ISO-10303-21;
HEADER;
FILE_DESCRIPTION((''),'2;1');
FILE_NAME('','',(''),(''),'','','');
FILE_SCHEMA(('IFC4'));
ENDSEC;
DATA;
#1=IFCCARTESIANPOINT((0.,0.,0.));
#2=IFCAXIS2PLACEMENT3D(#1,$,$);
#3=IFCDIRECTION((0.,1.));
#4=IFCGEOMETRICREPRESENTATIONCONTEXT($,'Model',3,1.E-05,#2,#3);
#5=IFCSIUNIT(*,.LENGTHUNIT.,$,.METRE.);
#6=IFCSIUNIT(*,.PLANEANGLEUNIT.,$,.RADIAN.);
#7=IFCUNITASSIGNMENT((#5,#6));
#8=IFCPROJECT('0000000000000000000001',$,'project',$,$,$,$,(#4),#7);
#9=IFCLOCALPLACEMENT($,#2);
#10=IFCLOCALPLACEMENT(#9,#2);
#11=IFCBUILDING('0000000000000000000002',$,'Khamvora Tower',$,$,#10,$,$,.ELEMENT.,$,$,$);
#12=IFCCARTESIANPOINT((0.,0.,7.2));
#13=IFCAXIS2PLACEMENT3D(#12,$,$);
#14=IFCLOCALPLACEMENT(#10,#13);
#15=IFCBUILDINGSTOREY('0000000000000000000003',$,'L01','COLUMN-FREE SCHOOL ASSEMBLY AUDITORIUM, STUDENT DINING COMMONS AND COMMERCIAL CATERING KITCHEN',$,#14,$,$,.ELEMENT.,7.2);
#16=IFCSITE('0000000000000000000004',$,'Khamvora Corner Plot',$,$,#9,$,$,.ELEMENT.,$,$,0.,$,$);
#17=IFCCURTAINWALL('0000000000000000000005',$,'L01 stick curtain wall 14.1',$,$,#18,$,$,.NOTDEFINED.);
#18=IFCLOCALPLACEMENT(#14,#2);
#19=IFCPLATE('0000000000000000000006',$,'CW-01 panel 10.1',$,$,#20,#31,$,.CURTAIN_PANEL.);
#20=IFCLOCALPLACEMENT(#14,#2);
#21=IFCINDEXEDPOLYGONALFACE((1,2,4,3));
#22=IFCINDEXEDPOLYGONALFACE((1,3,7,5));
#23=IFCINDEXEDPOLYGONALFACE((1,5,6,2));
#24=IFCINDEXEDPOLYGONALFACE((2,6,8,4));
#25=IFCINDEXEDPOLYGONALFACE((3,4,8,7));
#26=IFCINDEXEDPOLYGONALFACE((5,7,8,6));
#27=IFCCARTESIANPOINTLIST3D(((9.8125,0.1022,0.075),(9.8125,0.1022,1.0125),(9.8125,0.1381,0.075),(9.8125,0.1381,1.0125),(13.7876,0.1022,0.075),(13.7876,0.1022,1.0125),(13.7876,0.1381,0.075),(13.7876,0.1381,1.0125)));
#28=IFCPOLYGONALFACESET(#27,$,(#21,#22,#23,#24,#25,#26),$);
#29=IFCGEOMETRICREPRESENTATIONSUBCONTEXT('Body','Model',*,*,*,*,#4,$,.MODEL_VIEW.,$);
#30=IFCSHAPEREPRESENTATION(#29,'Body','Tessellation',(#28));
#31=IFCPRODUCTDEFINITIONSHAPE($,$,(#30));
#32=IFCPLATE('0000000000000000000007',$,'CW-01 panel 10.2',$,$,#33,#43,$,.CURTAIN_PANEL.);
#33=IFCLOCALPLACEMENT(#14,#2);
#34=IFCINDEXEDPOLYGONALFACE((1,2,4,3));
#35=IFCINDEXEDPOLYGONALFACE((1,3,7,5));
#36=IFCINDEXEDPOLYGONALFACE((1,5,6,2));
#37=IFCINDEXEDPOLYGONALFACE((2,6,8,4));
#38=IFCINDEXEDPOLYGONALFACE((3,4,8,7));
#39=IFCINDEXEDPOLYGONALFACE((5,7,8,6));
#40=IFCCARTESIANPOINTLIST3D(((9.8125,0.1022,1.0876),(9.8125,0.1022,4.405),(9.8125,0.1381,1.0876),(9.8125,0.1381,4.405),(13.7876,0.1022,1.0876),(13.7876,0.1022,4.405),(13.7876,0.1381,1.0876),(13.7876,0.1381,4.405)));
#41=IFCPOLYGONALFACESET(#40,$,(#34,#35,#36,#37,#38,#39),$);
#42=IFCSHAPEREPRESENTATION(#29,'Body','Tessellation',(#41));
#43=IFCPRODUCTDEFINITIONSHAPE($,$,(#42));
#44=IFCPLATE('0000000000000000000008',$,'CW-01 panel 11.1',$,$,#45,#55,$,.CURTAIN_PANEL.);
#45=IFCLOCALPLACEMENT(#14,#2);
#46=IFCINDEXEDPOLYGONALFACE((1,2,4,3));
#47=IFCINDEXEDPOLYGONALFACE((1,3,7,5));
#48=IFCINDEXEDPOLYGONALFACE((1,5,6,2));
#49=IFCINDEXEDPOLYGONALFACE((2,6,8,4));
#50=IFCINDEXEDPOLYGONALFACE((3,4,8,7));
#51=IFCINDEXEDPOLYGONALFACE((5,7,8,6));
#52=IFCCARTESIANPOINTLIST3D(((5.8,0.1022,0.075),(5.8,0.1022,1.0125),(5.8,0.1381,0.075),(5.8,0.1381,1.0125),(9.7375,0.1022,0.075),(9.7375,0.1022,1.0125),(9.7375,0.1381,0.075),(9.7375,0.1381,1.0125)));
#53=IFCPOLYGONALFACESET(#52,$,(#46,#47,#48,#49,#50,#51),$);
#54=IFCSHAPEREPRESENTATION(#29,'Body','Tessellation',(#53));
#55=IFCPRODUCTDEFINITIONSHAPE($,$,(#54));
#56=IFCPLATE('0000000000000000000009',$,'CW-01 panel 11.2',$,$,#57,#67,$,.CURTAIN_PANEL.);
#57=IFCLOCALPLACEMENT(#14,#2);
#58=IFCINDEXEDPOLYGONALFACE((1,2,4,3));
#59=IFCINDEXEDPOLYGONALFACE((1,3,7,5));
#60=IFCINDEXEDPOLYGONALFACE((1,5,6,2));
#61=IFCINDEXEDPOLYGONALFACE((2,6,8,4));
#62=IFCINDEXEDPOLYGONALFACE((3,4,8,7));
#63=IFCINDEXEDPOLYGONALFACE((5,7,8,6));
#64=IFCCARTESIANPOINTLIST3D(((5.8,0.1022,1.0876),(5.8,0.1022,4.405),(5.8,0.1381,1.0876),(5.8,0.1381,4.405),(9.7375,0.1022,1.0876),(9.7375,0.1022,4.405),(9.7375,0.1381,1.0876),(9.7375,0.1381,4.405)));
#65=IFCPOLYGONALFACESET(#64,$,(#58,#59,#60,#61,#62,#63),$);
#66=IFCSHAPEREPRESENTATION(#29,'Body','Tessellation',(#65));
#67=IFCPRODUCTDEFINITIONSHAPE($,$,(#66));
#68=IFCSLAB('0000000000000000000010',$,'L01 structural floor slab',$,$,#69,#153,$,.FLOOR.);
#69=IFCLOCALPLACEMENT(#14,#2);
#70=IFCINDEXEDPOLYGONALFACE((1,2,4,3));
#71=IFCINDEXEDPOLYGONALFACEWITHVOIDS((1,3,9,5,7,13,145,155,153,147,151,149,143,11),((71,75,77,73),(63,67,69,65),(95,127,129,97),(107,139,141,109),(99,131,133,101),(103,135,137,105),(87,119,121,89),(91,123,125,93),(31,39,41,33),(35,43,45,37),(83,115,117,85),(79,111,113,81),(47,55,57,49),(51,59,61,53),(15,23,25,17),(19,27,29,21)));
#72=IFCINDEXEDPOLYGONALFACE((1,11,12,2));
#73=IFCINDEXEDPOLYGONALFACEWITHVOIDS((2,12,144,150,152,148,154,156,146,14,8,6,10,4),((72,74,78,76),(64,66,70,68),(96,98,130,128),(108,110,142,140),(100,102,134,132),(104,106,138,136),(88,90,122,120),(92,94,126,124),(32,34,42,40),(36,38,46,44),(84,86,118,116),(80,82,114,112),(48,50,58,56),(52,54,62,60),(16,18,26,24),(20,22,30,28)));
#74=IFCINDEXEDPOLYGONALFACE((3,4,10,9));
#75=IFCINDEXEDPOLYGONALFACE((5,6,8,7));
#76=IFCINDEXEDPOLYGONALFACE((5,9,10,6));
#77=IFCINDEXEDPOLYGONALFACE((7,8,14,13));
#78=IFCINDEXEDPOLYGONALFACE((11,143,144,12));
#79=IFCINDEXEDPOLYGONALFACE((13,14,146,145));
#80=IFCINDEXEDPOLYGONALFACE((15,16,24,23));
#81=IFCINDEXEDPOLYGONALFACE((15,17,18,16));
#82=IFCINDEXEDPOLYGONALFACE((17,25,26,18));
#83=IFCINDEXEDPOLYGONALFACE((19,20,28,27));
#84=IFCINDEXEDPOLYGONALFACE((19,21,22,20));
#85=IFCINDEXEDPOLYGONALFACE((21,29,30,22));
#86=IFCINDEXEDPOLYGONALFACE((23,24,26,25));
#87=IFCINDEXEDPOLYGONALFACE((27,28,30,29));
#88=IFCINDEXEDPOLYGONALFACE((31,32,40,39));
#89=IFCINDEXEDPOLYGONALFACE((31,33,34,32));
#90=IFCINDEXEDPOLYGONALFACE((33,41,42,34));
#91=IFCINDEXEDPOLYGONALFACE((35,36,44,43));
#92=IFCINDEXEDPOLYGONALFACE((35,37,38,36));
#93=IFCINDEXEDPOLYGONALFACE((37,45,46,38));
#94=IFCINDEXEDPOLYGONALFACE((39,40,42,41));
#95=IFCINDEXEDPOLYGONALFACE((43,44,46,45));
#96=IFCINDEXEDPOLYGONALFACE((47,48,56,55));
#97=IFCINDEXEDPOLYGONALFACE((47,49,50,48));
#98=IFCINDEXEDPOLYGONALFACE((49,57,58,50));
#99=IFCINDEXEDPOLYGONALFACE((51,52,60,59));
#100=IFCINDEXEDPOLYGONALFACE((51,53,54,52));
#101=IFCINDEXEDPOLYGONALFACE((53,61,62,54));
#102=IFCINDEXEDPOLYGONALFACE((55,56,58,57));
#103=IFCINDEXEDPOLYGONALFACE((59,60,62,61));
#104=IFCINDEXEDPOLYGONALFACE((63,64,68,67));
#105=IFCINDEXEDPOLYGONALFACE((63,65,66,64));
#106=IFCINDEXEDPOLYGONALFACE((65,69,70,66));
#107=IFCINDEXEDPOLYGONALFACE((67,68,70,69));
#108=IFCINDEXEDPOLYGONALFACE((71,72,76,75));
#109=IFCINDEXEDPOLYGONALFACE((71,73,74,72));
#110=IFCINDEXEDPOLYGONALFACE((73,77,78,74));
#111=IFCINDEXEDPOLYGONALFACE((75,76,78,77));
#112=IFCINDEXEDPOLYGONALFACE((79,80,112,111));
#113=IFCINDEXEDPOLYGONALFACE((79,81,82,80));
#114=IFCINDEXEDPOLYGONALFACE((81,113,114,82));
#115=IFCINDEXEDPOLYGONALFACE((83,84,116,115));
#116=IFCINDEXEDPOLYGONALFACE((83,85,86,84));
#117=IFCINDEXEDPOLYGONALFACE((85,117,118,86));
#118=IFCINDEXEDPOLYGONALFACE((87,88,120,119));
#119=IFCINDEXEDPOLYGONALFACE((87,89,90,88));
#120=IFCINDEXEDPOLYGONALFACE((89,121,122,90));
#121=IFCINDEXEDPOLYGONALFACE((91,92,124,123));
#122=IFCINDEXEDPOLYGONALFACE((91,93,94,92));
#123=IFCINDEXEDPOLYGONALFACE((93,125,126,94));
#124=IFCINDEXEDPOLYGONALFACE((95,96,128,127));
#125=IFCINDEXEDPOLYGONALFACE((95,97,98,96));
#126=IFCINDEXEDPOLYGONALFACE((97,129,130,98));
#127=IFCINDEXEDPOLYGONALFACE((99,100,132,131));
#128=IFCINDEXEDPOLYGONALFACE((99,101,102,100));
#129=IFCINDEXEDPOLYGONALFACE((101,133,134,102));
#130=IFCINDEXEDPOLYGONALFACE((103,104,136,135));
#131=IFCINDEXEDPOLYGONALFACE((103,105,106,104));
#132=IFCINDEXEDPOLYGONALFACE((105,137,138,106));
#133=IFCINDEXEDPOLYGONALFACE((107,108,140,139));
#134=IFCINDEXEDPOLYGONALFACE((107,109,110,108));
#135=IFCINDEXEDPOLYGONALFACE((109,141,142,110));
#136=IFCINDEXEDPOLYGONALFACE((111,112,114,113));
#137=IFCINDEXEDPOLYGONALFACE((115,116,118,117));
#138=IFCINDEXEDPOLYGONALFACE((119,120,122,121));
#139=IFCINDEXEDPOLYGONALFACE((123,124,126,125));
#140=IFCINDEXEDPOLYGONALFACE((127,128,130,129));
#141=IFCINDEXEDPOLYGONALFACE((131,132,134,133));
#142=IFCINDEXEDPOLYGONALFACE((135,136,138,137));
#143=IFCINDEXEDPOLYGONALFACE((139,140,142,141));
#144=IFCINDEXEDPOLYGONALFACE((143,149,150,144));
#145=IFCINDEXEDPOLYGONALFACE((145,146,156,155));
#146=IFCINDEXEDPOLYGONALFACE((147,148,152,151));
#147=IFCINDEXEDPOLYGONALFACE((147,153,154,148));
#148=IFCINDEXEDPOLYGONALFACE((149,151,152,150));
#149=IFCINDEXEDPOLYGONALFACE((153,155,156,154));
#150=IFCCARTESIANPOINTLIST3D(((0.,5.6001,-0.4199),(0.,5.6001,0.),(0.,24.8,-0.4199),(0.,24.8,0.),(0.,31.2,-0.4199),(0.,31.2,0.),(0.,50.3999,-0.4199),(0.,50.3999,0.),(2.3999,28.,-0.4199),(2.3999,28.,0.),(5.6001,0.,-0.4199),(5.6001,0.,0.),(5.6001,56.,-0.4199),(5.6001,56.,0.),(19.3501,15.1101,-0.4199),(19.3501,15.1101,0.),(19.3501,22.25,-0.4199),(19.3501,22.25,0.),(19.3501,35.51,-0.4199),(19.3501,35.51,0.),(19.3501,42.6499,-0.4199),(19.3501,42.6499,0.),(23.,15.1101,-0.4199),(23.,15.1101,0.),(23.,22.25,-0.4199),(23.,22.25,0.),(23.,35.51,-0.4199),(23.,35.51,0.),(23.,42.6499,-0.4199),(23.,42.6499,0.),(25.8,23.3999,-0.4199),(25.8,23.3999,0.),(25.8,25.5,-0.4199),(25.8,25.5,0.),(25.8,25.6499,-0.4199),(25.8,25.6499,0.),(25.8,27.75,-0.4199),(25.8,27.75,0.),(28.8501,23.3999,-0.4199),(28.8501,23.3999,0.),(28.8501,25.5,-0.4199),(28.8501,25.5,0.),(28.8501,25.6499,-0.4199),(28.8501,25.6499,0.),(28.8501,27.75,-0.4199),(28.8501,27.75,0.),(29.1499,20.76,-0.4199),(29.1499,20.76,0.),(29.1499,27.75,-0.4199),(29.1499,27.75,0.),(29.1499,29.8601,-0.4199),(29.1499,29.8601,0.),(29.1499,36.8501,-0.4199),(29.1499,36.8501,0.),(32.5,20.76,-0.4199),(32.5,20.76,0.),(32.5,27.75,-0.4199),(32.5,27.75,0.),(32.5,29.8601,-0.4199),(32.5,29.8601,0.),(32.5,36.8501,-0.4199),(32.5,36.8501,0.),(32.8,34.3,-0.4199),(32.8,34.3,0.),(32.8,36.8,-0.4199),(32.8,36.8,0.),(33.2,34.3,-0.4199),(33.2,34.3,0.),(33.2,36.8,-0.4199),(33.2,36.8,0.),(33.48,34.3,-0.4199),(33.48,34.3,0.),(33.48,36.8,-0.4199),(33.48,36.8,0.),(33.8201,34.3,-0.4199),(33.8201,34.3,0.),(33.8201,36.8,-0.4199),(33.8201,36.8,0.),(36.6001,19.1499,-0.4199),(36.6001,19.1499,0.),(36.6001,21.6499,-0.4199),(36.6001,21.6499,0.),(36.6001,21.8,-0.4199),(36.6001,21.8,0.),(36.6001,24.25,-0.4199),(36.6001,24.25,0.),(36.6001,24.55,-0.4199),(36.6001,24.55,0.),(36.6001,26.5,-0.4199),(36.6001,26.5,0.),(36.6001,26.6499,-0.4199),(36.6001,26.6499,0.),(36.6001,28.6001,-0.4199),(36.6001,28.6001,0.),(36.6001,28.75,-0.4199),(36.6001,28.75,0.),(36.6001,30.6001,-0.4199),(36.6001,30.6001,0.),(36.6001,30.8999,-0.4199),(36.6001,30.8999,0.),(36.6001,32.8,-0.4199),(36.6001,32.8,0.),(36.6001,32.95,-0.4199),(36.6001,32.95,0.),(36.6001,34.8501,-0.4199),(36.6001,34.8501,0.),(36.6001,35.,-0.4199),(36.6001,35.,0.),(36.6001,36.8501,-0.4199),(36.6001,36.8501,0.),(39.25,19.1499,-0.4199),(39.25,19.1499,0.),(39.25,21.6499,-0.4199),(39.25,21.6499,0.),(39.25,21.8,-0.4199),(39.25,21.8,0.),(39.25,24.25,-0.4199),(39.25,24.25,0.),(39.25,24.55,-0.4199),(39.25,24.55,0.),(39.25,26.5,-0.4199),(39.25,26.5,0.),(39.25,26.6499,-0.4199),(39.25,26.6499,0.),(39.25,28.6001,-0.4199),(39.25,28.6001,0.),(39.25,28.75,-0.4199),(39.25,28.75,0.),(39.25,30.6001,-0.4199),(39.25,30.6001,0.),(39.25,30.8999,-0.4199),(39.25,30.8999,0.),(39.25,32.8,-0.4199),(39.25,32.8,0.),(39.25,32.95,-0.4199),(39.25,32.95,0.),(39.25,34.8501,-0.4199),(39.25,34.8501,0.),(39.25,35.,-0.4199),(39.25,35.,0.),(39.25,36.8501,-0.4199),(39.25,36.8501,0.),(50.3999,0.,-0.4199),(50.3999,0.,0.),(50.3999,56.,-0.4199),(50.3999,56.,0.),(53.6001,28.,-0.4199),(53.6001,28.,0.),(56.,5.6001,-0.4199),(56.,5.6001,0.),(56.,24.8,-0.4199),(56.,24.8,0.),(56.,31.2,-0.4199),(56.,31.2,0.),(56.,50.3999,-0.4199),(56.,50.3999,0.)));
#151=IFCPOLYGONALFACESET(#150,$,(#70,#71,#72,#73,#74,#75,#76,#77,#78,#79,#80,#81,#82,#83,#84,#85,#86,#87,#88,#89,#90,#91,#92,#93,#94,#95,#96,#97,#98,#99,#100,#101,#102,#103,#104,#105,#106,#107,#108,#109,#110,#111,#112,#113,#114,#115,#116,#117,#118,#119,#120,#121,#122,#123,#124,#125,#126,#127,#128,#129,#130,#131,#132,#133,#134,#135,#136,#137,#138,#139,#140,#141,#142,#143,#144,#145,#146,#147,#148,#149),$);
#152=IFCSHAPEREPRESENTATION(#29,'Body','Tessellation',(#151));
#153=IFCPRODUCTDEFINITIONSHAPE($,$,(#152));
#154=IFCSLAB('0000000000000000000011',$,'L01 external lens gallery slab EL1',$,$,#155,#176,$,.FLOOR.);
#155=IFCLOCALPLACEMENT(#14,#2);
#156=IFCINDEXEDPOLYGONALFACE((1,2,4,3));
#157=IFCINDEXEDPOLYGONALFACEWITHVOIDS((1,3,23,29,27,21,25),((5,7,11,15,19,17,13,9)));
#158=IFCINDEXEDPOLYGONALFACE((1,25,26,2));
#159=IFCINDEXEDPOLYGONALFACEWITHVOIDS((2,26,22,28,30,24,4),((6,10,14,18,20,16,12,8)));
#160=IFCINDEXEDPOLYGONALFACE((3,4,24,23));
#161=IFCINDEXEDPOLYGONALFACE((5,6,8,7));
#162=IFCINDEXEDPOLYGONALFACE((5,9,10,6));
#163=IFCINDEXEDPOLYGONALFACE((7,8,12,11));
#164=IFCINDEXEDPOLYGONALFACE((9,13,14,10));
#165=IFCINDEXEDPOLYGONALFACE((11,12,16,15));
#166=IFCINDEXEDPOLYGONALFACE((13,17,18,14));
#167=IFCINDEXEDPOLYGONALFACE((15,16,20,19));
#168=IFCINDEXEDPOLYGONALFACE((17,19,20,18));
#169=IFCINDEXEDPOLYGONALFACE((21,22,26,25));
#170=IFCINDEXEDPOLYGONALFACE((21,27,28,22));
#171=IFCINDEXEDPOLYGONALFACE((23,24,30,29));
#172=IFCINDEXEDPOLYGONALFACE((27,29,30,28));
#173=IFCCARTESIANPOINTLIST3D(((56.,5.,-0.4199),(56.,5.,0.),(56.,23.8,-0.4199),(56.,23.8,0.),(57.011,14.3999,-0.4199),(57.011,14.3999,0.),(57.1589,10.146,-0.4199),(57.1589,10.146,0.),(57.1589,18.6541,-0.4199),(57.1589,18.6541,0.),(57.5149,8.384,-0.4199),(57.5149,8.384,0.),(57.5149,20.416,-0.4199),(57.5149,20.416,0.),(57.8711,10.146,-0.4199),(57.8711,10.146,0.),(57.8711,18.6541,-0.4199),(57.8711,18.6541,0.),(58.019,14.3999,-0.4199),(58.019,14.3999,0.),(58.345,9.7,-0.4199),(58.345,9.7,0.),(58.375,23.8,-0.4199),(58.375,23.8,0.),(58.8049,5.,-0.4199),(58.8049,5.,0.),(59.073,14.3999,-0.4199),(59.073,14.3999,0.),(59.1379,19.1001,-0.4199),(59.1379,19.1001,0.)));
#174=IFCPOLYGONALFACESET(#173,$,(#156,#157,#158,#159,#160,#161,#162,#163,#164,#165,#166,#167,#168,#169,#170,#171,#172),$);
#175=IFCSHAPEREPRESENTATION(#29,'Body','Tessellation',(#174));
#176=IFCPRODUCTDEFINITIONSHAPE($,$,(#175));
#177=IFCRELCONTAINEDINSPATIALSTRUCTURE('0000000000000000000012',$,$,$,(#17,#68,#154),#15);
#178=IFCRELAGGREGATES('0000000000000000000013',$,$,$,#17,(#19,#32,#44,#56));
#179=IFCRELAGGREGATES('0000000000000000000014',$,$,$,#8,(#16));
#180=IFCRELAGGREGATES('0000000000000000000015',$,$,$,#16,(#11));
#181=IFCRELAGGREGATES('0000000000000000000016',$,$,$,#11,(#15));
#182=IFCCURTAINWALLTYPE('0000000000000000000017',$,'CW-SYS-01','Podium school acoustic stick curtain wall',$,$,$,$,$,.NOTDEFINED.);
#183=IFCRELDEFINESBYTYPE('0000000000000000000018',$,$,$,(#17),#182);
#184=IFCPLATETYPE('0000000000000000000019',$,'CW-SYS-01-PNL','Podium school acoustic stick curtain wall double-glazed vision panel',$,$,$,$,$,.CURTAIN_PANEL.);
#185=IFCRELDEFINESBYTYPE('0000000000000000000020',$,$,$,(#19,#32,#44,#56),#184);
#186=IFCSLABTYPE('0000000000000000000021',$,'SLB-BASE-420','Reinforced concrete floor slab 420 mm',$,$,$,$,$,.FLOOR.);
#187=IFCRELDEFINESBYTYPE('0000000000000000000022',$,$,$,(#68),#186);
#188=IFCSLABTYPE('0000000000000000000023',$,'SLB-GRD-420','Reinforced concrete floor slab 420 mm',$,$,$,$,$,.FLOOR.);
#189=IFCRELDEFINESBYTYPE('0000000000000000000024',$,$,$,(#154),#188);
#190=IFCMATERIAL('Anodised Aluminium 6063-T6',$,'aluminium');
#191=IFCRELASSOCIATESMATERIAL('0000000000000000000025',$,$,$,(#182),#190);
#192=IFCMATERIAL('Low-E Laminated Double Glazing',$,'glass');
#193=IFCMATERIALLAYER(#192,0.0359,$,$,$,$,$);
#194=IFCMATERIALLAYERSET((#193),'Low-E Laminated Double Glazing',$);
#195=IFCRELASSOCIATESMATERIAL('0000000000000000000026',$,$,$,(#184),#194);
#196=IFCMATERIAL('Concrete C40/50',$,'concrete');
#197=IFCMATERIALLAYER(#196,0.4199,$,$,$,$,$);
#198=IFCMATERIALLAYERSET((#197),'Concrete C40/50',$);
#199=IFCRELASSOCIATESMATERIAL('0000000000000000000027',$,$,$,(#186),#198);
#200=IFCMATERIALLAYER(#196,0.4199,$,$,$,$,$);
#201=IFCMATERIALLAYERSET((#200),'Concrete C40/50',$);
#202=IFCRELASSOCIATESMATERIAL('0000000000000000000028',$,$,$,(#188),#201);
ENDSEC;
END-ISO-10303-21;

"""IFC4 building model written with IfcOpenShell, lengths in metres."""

from ifc_helpers import new_model, si_unit, direction, frame, origin, origin_2d, place, context, subcontext, project, spatial, polyline, rectangle, outline, extrude, material, layer, layer_set, type_object, element, aggregate, save


model = new_model("IFC4")

# Units and contexts
model_context = context("Model", 3, precision=1e-05, world=origin(), true_north=direction((0.0, 1.0)))
body_context = subcontext(model_context, "Body", "Model", "MODEL_VIEW")
ifc_project = project(units=[si_unit("LENGTHUNIT", "METRE"), si_unit("PLANEANGLEUNIT", "RADIAN")], contexts=[model_context])

# Site, building, storey
site_placement = place(None, origin())
site = spatial("IfcSite", under=ifc_project, at=site_placement, Name="Khamvora Corner Plot", CompositionType="ELEMENT", RefElevation=0.0)
building_placement = place(site_placement, origin())
building = spatial("IfcBuilding", under=site, at=building_placement, Name="Khamvora Tower", CompositionType="ELEMENT")
storey_placement = place(building_placement, frame((0.0, 0.0, 7.2)))
storey = spatial("IfcBuildingStorey", under=building, at=storey_placement, Name="L01", Description="COLUMN-FREE SCHOOL ASSEMBLY AUDITORIUM, STUDENT DINING COMMONS AND COMMERCIAL CATERING KITCHEN", CompositionType="ELEMENT", Elevation=7.2)

# Curtain wall, plates
ifc_material_1 = material(Name="Anodised Aluminium 6063-T6", Category="aluminium")
curtain_wall_type = type_object("IfcCurtainWallType", Name="CW-SYS-01", Description="Podium school acoustic stick curtain wall", PredefinedType="NOTDEFINED", material=ifc_material_1)
curtain_wall_placement = place(storey_placement, origin())
curtain_wall = element("IfcCurtainWall", 1, at=curtain_wall_placement, inside=storey, type_object=curtain_wall_type, Name="L01 stick curtain wall 14.1", PredefinedType="NOTDEFINED")
ifc_material_2 = material(Name="Low-E Laminated Double Glazing", Category="glass")
ifc_layer_1 = layer(ifc_material_2, 0.0359)
ifc_layer_set_1 = layer_set([ifc_layer_1], Name="Low-E Laminated Double Glazing")
plate_type = type_object("IfcPlateType", Name="CW-SYS-01-PNL", Description="Podium school acoustic stick curtain wall double-glazed vision panel", PredefinedType="CURTAIN_PANEL", material=ifc_layer_set_1)
plate_1_placement = place(storey_placement, frame((11.8, 0.1201, 0.075), z_axis=(0.0, 0.0, 1.0), x_axis=(-1.0, 0.0, 0.0)))
plate_1 = element("IfcPlate", 2, at=plate_1_placement, type_object=plate_type, Name="CW-01 panel 10.1", PredefinedType="CURTAIN_PANEL", context=body_context, shape_type="SweptSolid", body=[
    extrude(rectangle(XDim=3.9751, YDim=0.0359, at=origin_2d()), origin(), (0.0, 0.0, 1.0), 0.9375),
])
plate_2_placement = place(storey_placement, frame((11.8, 0.1201, 1.0876), z_axis=(0.0, 0.0, 1.0), x_axis=(-1.0, 0.0, 0.0)))
plate_2 = element("IfcPlate", 3, at=plate_2_placement, type_object=plate_type, Name="CW-01 panel 10.2", PredefinedType="CURTAIN_PANEL", context=body_context, shape_type="SweptSolid", body=[
    extrude(rectangle(XDim=3.9751, YDim=0.0359, at=origin_2d()), origin(), (0.0, 0.0, 1.0), 3.3174),
])
plate_3_placement = place(storey_placement, frame((7.7688, 0.1201, 0.075), z_axis=(0.0, 0.0, 1.0), x_axis=(-1.0, 0.0, 0.0)))
plate_3 = element("IfcPlate", 4, at=plate_3_placement, type_object=plate_type, Name="CW-01 panel 11.1", PredefinedType="CURTAIN_PANEL", context=body_context, shape_type="SweptSolid", body=[
    extrude(rectangle(XDim=3.9375, YDim=0.0359, at=origin_2d()), origin(), (0.0, 0.0, 1.0), 0.9375),
])
plate_4_placement = place(storey_placement, frame((7.7688, 0.1201, 1.0876), z_axis=(0.0, 0.0, 1.0), x_axis=(-1.0, 0.0, 0.0)))
plate_4 = element("IfcPlate", 5, at=plate_4_placement, type_object=plate_type, Name="CW-01 panel 11.2", PredefinedType="CURTAIN_PANEL", context=body_context, shape_type="SweptSolid", body=[
    extrude(rectangle(XDim=3.9375, YDim=0.0359, at=origin_2d()), origin(), (0.0, 0.0, 1.0), 3.3174),
])
aggregate(curtain_wall, [plate_1, plate_2, plate_3, plate_4])

# Slabs
ifc_material_3 = material(Name="Concrete C40/50", Category="concrete")
ifc_layer_2 = layer(ifc_material_3, 0.4199)
ifc_layer_set_2 = layer_set([ifc_layer_2], Name="Concrete C40/50")
slab_type_1 = type_object("IfcSlabType", Name="SLB-BASE-420", Description="Reinforced concrete floor slab 420 mm", PredefinedType="FLOOR", material=ifc_layer_set_2)
slab_1_placement = place(storey_placement, frame((0.0, 0.0, -0.4199)))
element("IfcSlab", 6, at=slab_1_placement, inside=storey, type_object=slab_type_1, Name="L01 structural floor slab", PredefinedType="FLOOR", context=body_context, shape_type="SweptSolid", body=[
    extrude(outline(polyline([(5.6001, 0.0), (50.3999, 0.0), (56.0, 5.6001), (56.0, 24.8), (53.6001, 28.0), (56.0, 31.2), (56.0, 50.3999), (50.3999, 56.0), (5.6001, 56.0), (0.0, 50.3999), (0.0, 31.2), (2.3999, 28.0), (0.0, 24.8), (0.0, 5.6001), (5.6001, 0.0)]), holes=[polyline([(32.5, 20.76), (32.5, 27.75), (29.1499, 27.75), (29.1499, 20.76), (32.5, 20.76)]), polyline([(32.5, 29.8601), (32.5, 36.8501), (29.1499, 36.8501), (29.1499, 29.8601), (32.5, 29.8601)]), polyline([(23.0, 15.1101), (23.0, 22.25), (19.3501, 22.25), (19.3501, 15.1101), (23.0, 15.1101)]), polyline([(23.0, 35.51), (23.0, 42.6499), (19.3501, 42.6499), (19.3501, 35.51), (23.0, 35.51)]), polyline([(36.6001, 19.1499), (39.25, 19.1499), (39.25, 21.6499), (36.6001, 21.6499), (36.6001, 19.1499)]), polyline([(36.6001, 21.8), (39.25, 21.8), (39.25, 24.25), (36.6001, 24.25), (36.6001, 21.8)]), polyline([(36.6001, 24.55), (39.25, 24.55), (39.25, 26.5), (36.6001, 26.5), (36.6001, 24.55)]), polyline([(36.6001, 26.6499), (39.25, 26.6499), (39.25, 28.6001), (36.6001, 28.6001), (36.6001, 26.6499)]), polyline([(36.6001, 28.75), (39.25, 28.75), (39.25, 30.6001), (36.6001, 30.6001), (36.6001, 28.75)]), polyline([(36.6001, 30.8999), (39.25, 30.8999), (39.25, 32.8), (36.6001, 32.8), (36.6001, 30.8999)]), polyline([(36.6001, 32.95), (39.25, 32.95), (39.25, 34.8501), (36.6001, 34.8501), (36.6001, 32.95)]), polyline([(36.6001, 35.0), (39.25, 35.0), (39.25, 36.8501), (36.6001, 36.8501), (36.6001, 35.0)]), polyline([(25.8, 23.3999), (28.8501, 23.3999), (28.8501, 25.5), (25.8, 25.5), (25.8, 23.3999)]), polyline([(25.8, 25.6499), (28.8501, 25.6499), (28.8501, 27.75), (25.8, 27.75), (25.8, 25.6499)]), polyline([(32.8, 34.3), (33.2, 34.3), (33.2, 36.8), (32.8, 36.8), (32.8, 34.3)]), polyline([(33.48, 34.3), (33.8201, 34.3), (33.8201, 36.8), (33.48, 36.8), (33.48, 34.3)])]), origin(), (0.0, 0.0, 1.0), 0.4199),
])
ifc_layer_3 = layer(ifc_material_3, 0.4199)
ifc_layer_set_3 = layer_set([ifc_layer_3], Name="Concrete C40/50")
slab_type_2 = type_object("IfcSlabType", Name="SLB-GRD-420", Description="Reinforced concrete floor slab 420 mm", PredefinedType="FLOOR", material=ifc_layer_set_3)
slab_2_placement = place(storey_placement, frame((0.0, 0.0, -0.4199)))
element("IfcSlab", 7, at=slab_2_placement, inside=storey, type_object=slab_type_2, Name="L01 external lens gallery slab EL1", PredefinedType="FLOOR", context=body_context, shape_type="SweptSolid", body=[
    extrude(outline(polyline([(58.8049, 5.0), (58.345, 9.7), (59.073, 14.3999), (59.1379, 19.1001), (58.375, 23.8), (56.0, 23.8), (56.0, 5.0), (58.8049, 5.0)]), holes=[polyline([(58.019, 14.3999), (57.8711, 18.6541), (57.5149, 20.416), (57.1589, 18.6541), (57.011, 14.3999), (57.1589, 10.146), (57.5149, 8.384), (57.8711, 10.146), (58.019, 14.3999)])]), origin(), (0.0, 0.0, 1.0), 0.4199),
])

save(model, "model.ifc")
